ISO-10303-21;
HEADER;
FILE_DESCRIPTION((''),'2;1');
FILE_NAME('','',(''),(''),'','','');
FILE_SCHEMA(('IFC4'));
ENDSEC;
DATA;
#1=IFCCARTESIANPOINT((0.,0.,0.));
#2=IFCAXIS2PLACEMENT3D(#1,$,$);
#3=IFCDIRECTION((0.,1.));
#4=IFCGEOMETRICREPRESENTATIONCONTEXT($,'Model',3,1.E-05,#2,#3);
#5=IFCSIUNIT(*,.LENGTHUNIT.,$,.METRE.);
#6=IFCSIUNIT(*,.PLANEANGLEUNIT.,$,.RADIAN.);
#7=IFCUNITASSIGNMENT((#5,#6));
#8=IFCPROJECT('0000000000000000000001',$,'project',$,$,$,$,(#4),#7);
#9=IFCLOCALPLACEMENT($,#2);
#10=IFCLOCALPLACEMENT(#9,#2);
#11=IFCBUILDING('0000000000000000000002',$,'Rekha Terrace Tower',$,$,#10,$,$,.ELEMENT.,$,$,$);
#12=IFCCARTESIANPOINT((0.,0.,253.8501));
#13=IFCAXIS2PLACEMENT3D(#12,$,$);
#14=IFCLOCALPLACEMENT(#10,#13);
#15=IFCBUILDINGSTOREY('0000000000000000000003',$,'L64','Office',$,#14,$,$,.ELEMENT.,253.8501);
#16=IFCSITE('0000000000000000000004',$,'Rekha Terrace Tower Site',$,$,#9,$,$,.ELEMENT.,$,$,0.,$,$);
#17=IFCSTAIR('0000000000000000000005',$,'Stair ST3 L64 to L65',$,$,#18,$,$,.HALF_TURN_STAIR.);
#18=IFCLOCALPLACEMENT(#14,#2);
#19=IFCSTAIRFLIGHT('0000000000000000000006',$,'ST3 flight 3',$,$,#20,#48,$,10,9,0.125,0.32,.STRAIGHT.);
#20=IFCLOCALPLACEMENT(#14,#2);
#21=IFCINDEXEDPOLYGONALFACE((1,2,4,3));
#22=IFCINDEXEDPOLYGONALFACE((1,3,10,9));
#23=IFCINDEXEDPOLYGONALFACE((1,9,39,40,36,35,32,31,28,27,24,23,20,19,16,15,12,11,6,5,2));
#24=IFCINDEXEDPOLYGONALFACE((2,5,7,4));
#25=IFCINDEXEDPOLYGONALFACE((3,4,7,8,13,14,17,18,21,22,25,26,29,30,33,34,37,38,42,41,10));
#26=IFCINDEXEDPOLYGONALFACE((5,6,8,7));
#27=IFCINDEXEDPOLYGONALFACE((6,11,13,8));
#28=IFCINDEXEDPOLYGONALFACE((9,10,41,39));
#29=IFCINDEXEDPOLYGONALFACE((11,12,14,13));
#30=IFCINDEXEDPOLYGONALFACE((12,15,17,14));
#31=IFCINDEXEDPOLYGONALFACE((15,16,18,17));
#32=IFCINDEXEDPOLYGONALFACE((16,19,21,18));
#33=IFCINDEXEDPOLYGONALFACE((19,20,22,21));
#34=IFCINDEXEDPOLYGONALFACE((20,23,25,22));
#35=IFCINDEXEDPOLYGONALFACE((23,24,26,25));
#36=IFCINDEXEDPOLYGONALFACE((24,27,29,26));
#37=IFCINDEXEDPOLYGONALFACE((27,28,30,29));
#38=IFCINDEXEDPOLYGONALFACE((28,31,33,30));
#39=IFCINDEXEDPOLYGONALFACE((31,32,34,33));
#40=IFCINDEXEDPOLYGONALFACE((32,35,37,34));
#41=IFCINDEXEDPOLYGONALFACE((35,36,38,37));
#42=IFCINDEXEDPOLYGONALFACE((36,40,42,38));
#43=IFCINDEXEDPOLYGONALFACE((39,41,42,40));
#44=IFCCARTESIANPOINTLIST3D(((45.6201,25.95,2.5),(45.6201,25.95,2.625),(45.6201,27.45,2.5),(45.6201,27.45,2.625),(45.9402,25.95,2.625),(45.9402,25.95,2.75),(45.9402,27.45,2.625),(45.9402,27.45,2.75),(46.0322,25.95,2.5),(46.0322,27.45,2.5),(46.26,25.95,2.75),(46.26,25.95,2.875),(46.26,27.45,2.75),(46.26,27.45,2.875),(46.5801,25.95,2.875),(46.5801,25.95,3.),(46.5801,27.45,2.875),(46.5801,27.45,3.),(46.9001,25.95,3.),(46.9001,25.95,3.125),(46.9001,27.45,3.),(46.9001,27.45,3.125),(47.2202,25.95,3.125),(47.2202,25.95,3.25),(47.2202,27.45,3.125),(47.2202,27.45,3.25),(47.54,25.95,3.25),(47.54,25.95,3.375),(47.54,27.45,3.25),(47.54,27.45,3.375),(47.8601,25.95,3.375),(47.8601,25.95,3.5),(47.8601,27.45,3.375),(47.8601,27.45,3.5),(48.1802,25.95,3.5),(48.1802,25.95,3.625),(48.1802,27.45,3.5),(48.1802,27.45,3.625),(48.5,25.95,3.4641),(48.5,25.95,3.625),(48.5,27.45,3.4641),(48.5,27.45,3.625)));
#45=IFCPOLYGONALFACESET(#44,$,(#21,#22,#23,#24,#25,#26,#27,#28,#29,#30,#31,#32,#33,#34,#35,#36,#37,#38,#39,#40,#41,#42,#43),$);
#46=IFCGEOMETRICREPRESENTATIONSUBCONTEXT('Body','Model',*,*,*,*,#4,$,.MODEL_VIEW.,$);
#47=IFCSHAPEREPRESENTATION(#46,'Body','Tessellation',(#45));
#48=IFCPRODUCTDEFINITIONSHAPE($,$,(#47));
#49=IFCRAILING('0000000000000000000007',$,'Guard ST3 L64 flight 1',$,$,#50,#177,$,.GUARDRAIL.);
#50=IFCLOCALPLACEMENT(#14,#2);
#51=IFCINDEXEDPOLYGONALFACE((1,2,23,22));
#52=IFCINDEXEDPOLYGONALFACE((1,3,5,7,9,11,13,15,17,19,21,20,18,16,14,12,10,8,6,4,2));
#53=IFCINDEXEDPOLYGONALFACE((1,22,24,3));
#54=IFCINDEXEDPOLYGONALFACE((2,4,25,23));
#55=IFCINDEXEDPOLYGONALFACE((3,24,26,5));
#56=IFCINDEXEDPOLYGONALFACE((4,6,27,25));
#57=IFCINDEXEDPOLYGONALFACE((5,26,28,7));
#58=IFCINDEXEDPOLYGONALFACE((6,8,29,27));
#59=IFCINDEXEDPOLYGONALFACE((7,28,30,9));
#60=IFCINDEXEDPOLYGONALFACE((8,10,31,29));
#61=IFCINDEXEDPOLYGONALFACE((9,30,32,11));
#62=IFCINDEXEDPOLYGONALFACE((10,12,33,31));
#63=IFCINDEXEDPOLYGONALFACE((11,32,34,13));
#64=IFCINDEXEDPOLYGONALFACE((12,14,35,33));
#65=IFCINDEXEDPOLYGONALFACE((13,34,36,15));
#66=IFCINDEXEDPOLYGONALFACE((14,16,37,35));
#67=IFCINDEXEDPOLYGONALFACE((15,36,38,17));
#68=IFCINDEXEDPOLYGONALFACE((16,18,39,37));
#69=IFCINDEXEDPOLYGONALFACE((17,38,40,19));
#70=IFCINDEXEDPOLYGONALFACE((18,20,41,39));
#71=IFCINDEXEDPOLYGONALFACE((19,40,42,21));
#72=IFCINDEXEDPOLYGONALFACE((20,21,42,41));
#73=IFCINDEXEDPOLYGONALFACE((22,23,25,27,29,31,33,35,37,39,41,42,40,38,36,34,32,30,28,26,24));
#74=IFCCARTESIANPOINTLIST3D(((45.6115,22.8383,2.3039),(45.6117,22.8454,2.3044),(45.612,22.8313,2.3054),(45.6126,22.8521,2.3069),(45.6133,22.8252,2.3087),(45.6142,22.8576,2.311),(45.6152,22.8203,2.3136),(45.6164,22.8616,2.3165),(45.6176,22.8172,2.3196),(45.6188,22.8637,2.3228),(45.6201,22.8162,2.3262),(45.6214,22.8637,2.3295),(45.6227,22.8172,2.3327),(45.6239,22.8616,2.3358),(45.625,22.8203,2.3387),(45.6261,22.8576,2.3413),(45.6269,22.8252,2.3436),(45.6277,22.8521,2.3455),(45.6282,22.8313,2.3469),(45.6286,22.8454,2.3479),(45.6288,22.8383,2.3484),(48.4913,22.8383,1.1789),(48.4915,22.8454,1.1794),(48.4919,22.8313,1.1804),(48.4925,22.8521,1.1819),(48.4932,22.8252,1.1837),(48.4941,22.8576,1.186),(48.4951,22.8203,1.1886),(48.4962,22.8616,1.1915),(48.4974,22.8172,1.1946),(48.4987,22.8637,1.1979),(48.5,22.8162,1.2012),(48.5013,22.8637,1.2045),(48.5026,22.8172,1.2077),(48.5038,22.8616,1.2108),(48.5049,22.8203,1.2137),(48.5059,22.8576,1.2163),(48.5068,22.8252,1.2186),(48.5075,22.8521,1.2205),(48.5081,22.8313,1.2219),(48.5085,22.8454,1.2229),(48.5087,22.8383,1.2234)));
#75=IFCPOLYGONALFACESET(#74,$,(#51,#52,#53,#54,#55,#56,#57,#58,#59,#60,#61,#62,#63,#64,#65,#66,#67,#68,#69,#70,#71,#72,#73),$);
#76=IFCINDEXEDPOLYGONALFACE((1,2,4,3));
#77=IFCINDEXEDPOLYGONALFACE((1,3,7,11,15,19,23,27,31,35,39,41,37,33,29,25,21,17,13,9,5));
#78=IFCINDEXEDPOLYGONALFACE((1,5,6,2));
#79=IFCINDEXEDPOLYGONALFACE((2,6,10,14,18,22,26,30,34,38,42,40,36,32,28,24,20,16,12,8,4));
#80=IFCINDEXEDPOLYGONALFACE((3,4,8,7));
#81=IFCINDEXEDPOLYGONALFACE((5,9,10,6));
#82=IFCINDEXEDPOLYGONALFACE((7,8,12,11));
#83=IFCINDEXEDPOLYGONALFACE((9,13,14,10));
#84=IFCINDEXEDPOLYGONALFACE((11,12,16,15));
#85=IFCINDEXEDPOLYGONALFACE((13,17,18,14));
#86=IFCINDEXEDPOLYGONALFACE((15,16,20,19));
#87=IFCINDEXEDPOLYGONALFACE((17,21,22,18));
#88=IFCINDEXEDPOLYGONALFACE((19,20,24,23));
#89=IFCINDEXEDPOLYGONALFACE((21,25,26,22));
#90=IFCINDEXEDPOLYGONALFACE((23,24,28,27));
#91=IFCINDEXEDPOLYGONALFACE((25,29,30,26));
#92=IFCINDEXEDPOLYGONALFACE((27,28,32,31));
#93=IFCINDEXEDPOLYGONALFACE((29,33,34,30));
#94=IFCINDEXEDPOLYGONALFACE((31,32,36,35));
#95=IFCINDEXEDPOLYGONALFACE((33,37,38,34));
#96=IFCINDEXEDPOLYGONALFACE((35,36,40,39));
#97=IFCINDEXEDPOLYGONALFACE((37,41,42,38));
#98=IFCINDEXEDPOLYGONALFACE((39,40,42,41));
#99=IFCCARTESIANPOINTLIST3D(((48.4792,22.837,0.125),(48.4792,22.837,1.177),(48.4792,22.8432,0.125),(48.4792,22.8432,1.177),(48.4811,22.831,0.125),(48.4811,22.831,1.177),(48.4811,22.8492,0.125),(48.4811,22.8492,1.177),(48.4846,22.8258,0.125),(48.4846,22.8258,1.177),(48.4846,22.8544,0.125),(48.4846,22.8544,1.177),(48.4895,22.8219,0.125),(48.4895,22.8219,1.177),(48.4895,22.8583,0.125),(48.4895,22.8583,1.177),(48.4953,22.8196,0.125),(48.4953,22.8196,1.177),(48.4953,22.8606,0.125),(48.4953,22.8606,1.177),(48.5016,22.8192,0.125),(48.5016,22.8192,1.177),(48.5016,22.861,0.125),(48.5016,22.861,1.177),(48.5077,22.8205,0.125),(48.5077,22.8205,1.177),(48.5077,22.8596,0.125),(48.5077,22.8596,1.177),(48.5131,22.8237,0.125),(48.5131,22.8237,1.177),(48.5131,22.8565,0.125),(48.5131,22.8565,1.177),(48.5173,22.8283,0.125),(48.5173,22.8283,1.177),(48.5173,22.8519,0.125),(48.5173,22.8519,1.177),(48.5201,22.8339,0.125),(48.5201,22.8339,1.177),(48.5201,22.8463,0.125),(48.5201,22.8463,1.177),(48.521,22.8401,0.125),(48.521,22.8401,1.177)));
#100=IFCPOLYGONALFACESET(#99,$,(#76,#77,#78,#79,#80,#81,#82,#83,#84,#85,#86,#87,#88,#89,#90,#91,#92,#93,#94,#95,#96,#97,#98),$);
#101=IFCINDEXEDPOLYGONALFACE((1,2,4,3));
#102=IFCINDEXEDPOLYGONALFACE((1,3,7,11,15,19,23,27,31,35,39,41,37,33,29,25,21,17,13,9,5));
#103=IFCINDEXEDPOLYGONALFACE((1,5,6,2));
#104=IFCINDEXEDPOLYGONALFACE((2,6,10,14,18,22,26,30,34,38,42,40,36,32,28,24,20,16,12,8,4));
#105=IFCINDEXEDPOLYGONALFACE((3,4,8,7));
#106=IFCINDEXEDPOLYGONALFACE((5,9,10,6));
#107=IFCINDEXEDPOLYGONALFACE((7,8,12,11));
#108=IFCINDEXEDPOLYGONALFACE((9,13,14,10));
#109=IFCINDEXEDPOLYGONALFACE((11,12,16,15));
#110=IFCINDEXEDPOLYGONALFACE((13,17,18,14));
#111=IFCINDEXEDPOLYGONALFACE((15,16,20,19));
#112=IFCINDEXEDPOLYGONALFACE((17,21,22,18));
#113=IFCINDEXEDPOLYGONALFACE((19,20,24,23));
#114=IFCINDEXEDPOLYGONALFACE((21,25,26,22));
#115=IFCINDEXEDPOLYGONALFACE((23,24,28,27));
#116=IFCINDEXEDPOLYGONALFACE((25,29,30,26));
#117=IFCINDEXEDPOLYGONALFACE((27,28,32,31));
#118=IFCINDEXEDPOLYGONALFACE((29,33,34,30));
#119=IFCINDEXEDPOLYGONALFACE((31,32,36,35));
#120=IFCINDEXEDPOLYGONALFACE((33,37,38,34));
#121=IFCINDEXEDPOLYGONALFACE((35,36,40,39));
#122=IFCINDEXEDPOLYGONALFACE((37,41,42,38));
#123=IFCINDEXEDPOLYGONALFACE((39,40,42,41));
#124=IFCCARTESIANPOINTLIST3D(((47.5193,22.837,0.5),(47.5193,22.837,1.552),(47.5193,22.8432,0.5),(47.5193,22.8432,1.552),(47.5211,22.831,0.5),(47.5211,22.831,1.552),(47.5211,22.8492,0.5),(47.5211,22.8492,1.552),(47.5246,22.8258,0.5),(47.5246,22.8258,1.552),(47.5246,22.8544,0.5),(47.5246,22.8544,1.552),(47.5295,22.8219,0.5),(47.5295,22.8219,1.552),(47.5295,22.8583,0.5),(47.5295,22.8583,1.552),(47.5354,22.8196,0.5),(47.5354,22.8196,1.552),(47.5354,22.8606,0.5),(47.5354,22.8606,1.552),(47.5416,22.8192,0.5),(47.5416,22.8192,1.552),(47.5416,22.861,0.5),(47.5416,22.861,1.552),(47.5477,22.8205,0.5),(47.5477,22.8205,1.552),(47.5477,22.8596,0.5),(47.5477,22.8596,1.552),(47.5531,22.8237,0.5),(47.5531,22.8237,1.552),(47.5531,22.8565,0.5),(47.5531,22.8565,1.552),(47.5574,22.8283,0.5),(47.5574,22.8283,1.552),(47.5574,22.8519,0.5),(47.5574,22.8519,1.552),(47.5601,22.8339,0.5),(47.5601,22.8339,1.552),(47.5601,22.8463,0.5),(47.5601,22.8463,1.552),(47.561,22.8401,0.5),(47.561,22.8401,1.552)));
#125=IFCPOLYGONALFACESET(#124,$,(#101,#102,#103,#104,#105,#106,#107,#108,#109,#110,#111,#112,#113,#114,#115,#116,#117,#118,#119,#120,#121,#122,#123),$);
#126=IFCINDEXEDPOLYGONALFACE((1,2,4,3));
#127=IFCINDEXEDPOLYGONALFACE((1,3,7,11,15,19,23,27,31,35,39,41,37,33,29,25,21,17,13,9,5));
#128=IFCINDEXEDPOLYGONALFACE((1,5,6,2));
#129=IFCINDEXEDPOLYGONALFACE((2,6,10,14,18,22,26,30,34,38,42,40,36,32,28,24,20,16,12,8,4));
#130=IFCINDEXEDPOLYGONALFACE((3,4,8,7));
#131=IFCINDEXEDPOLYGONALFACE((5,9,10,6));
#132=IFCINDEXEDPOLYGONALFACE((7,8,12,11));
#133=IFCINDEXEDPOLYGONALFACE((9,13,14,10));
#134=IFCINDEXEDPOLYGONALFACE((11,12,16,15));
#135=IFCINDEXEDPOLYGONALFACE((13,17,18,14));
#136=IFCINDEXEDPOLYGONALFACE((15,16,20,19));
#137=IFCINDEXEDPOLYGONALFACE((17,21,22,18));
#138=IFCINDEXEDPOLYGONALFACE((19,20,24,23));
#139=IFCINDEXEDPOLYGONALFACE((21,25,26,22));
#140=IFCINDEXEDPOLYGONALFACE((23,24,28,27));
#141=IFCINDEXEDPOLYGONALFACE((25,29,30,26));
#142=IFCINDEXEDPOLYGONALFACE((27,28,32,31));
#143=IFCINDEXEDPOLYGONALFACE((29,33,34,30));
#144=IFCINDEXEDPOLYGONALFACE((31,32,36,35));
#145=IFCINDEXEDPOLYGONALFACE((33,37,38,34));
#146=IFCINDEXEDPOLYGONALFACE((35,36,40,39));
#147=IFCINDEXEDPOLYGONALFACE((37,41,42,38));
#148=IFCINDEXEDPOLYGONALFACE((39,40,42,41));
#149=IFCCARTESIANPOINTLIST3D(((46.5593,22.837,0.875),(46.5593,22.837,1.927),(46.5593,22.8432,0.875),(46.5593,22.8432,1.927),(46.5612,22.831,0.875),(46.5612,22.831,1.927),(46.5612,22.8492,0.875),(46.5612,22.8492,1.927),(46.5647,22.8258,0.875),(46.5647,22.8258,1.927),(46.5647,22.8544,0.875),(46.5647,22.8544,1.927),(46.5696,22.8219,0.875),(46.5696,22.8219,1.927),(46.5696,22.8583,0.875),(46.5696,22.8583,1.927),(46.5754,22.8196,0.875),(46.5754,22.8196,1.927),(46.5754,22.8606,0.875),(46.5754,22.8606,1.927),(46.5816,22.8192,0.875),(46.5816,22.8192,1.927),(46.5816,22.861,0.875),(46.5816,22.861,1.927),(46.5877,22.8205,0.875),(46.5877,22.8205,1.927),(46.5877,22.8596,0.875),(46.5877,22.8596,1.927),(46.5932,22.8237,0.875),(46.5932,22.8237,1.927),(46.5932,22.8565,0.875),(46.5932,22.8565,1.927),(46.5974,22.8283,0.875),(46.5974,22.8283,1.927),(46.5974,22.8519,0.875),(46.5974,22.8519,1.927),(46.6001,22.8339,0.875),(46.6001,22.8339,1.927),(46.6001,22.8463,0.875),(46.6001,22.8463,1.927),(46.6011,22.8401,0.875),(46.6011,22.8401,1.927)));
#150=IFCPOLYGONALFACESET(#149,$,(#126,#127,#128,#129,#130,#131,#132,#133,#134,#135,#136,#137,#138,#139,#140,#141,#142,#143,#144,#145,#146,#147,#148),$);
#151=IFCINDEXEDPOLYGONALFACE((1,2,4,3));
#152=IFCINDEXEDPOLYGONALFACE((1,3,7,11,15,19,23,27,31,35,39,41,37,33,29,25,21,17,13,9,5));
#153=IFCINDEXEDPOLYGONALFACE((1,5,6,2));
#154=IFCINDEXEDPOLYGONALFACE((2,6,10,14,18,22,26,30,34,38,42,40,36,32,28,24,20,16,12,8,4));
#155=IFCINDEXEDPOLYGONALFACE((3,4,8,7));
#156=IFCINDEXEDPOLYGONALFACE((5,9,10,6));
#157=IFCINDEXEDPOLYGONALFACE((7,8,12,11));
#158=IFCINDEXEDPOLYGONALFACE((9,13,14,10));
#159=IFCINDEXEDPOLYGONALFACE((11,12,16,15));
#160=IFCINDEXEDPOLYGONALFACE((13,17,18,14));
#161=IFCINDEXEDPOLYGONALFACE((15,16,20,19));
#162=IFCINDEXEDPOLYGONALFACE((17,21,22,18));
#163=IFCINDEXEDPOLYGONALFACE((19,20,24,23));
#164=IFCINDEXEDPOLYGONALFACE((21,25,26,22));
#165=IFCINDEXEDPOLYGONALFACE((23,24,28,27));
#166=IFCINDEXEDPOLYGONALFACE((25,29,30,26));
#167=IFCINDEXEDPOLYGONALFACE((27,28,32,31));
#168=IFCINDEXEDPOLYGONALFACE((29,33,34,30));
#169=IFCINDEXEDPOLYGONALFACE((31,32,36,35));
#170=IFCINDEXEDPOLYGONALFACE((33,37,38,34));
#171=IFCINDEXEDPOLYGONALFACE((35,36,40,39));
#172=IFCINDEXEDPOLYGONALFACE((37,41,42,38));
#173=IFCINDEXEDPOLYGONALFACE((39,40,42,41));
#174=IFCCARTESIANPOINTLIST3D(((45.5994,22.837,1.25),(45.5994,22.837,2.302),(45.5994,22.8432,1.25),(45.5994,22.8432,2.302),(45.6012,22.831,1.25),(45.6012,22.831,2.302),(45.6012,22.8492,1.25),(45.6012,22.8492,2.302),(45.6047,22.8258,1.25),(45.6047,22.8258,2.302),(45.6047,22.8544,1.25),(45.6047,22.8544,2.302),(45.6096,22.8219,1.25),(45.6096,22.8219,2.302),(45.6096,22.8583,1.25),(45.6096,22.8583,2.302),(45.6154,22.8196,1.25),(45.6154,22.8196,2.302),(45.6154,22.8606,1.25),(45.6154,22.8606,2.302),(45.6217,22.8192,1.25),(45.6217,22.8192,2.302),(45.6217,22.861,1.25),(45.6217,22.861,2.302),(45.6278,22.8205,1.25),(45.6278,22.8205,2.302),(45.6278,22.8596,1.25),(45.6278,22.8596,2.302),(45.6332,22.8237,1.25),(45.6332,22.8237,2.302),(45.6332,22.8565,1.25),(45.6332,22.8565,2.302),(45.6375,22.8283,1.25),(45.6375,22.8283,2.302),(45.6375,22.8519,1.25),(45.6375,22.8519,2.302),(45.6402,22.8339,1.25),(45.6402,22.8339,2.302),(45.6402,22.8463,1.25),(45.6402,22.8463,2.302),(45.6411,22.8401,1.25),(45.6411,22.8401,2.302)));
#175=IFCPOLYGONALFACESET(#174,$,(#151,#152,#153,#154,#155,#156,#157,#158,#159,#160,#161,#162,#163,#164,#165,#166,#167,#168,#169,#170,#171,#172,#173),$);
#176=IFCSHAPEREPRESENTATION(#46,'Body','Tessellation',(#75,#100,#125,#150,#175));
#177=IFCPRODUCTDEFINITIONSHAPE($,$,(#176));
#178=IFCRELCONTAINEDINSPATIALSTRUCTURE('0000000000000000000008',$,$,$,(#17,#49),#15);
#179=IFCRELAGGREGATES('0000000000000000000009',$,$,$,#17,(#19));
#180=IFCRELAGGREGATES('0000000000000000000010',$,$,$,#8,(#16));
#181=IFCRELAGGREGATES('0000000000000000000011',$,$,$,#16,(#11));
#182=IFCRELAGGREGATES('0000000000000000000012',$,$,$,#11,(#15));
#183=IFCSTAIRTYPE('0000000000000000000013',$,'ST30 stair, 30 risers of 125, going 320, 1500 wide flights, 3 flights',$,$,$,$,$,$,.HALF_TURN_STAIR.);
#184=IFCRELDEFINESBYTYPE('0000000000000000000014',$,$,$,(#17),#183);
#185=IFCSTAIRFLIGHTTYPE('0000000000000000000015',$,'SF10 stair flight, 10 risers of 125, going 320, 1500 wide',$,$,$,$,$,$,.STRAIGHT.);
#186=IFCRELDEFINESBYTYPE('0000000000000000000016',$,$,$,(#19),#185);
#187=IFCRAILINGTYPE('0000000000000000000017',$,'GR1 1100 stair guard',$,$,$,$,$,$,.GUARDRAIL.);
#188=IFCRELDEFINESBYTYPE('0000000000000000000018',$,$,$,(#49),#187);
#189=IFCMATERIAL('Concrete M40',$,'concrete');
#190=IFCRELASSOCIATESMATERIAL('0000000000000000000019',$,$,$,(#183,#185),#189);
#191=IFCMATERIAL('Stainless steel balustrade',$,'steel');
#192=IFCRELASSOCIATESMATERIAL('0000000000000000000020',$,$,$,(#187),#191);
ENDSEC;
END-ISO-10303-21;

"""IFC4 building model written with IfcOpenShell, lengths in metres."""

from ifc_helpers import new_model, si_unit, direction, frame, origin, origin_2d, place, context, subcontext, project, spatial, polyline, circle, outline, extrude, material, type_object, element, aggregate, save


model = new_model("IFC4")

# Units and contexts
model_context = context("Model", 3, precision=1e-05, world=origin(), true_north=direction((0.0, 1.0)))
body_context = subcontext(model_context, "Body", "Model", "MODEL_VIEW")
ifc_project = project(units=[si_unit("LENGTHUNIT", "METRE"), si_unit("PLANEANGLEUNIT", "RADIAN")], contexts=[model_context])

# Site, building, storey
site_placement = place(None, origin())
site = spatial("IfcSite", under=ifc_project, at=site_placement, Name="Rekha Terrace Tower Site", CompositionType="ELEMENT", RefElevation=0.0)
building_placement = place(site_placement, origin())
building = spatial("IfcBuilding", under=site, at=building_placement, Name="Rekha Terrace Tower", CompositionType="ELEMENT")
storey_placement = place(building_placement, frame((0.0, 0.0, 253.8501)))
storey = spatial("IfcBuildingStorey", under=building, at=storey_placement, Name="L64", Description="Office", CompositionType="ELEMENT", Elevation=253.8501)

# Stair, stair flight
ifc_material_1 = material(Name="Concrete M40", Category="concrete")
stair_type = type_object("IfcStairType", Name="ST30 stair, 30 risers of 125, going 320, 1500 wide flights, 3 flights", PredefinedType="HALF_TURN_STAIR", material=ifc_material_1)
stair_placement = place(storey_placement, origin())
stair = element("IfcStair", 1, at=stair_placement, inside=storey, type_object=stair_type, Name="Stair ST3 L64 to L65", PredefinedType="HALF_TURN_STAIR")
stair_flight_type = type_object("IfcStairFlightType", Name="SF10 stair flight, 10 risers of 125, going 320, 1500 wide", PredefinedType="STRAIGHT", material=ifc_material_1)
stair_flight_1_placement = place(storey_placement, frame((45.6201, 26.7, 2.5), z_axis=(0.0, 0.0, 1.0), x_axis=(1.0, 0.0, 0.0)))
stair_flight_1 = element("IfcStairFlight", 2, at=stair_flight_1_placement, type_object=stair_flight_type, Name="ST3 flight 3", NumberOfRisers=10, NumberOfTreads=9, PredefinedType="STRAIGHT", RiserHeight=0.125, TreadLength=0.32, context=body_context, shape_type="SweptSolid", body=[
    extrude(outline(polyline([(0.0, 0.0), (0.0, 0.125), (0.3201, 0.125), (0.3201, 0.25), (0.6399, 0.25), (0.6399, 0.375), (0.96, 0.375), (0.96, 0.5), (1.28, 0.5), (1.28, 0.625), (1.6001, 0.625), (1.6001, 0.75), (1.9199, 0.75), (1.9199, 0.875), (2.24, 0.875), (2.24, 1.0), (2.5601, 1.0), (2.5601, 1.125), (2.8799, 1.125), (2.8799, 1.25), (2.8799, 0.9641), (0.4121, 0.0), (0.0, 0.0)])), frame((0.0, 0.75, 0.0), z_axis=(0.0, -1.0, 0.0), x_axis=(1.0, 0.0, 0.0)), (0.0, 0.0, 1.0), 1.5),
])
aggregate(stair, [stair_flight_1])

# Railing
ifc_material_2 = material(Name="Stainless steel balustrade", Category="steel")
railing_type_1 = type_object("IfcRailingType", Name="GR1 1100 stair guard", PredefinedType="GUARDRAIL", material=ifc_material_2)
railing_1_placement = place(storey_placement, frame((48.5, 22.8401, 0.125)))
element("IfcRailing", 3, at=railing_1_placement, inside=storey, type_object=railing_type_1, Name="Guard ST3 L64 flight 1", PredefinedType="GUARDRAIL", context=body_context, shape_type="SweptSolid", body=[
    extrude(circle(Radius=0.0239, at=origin_2d()), frame((0.0, 0.0, 1.0762), z_axis=(-0.931452, 0.0, 0.363863), x_axis=(0.0, -1.0, 0.0)), (0.0, 0.0, 1.0), 3.0918),
    extrude(circle(Radius=0.021, at=origin_2d()), origin(), (0.0, 0.0, 1.0), 1.052),
    extrude(circle(Radius=0.021, at=origin_2d()), frame((-0.96, 0.0, 0.375)), (0.0, 0.0, 1.0), 1.052),
    extrude(circle(Radius=0.021, at=origin_2d()), frame((-1.9199, 0.0, 0.75)), (0.0, 0.0, 1.0), 1.052),
    extrude(circle(Radius=0.021, at=origin_2d()), frame((-2.8799, 0.0, 1.125)), (0.0, 0.0, 1.0), 1.052),
])

save(model, "model.ifc")
